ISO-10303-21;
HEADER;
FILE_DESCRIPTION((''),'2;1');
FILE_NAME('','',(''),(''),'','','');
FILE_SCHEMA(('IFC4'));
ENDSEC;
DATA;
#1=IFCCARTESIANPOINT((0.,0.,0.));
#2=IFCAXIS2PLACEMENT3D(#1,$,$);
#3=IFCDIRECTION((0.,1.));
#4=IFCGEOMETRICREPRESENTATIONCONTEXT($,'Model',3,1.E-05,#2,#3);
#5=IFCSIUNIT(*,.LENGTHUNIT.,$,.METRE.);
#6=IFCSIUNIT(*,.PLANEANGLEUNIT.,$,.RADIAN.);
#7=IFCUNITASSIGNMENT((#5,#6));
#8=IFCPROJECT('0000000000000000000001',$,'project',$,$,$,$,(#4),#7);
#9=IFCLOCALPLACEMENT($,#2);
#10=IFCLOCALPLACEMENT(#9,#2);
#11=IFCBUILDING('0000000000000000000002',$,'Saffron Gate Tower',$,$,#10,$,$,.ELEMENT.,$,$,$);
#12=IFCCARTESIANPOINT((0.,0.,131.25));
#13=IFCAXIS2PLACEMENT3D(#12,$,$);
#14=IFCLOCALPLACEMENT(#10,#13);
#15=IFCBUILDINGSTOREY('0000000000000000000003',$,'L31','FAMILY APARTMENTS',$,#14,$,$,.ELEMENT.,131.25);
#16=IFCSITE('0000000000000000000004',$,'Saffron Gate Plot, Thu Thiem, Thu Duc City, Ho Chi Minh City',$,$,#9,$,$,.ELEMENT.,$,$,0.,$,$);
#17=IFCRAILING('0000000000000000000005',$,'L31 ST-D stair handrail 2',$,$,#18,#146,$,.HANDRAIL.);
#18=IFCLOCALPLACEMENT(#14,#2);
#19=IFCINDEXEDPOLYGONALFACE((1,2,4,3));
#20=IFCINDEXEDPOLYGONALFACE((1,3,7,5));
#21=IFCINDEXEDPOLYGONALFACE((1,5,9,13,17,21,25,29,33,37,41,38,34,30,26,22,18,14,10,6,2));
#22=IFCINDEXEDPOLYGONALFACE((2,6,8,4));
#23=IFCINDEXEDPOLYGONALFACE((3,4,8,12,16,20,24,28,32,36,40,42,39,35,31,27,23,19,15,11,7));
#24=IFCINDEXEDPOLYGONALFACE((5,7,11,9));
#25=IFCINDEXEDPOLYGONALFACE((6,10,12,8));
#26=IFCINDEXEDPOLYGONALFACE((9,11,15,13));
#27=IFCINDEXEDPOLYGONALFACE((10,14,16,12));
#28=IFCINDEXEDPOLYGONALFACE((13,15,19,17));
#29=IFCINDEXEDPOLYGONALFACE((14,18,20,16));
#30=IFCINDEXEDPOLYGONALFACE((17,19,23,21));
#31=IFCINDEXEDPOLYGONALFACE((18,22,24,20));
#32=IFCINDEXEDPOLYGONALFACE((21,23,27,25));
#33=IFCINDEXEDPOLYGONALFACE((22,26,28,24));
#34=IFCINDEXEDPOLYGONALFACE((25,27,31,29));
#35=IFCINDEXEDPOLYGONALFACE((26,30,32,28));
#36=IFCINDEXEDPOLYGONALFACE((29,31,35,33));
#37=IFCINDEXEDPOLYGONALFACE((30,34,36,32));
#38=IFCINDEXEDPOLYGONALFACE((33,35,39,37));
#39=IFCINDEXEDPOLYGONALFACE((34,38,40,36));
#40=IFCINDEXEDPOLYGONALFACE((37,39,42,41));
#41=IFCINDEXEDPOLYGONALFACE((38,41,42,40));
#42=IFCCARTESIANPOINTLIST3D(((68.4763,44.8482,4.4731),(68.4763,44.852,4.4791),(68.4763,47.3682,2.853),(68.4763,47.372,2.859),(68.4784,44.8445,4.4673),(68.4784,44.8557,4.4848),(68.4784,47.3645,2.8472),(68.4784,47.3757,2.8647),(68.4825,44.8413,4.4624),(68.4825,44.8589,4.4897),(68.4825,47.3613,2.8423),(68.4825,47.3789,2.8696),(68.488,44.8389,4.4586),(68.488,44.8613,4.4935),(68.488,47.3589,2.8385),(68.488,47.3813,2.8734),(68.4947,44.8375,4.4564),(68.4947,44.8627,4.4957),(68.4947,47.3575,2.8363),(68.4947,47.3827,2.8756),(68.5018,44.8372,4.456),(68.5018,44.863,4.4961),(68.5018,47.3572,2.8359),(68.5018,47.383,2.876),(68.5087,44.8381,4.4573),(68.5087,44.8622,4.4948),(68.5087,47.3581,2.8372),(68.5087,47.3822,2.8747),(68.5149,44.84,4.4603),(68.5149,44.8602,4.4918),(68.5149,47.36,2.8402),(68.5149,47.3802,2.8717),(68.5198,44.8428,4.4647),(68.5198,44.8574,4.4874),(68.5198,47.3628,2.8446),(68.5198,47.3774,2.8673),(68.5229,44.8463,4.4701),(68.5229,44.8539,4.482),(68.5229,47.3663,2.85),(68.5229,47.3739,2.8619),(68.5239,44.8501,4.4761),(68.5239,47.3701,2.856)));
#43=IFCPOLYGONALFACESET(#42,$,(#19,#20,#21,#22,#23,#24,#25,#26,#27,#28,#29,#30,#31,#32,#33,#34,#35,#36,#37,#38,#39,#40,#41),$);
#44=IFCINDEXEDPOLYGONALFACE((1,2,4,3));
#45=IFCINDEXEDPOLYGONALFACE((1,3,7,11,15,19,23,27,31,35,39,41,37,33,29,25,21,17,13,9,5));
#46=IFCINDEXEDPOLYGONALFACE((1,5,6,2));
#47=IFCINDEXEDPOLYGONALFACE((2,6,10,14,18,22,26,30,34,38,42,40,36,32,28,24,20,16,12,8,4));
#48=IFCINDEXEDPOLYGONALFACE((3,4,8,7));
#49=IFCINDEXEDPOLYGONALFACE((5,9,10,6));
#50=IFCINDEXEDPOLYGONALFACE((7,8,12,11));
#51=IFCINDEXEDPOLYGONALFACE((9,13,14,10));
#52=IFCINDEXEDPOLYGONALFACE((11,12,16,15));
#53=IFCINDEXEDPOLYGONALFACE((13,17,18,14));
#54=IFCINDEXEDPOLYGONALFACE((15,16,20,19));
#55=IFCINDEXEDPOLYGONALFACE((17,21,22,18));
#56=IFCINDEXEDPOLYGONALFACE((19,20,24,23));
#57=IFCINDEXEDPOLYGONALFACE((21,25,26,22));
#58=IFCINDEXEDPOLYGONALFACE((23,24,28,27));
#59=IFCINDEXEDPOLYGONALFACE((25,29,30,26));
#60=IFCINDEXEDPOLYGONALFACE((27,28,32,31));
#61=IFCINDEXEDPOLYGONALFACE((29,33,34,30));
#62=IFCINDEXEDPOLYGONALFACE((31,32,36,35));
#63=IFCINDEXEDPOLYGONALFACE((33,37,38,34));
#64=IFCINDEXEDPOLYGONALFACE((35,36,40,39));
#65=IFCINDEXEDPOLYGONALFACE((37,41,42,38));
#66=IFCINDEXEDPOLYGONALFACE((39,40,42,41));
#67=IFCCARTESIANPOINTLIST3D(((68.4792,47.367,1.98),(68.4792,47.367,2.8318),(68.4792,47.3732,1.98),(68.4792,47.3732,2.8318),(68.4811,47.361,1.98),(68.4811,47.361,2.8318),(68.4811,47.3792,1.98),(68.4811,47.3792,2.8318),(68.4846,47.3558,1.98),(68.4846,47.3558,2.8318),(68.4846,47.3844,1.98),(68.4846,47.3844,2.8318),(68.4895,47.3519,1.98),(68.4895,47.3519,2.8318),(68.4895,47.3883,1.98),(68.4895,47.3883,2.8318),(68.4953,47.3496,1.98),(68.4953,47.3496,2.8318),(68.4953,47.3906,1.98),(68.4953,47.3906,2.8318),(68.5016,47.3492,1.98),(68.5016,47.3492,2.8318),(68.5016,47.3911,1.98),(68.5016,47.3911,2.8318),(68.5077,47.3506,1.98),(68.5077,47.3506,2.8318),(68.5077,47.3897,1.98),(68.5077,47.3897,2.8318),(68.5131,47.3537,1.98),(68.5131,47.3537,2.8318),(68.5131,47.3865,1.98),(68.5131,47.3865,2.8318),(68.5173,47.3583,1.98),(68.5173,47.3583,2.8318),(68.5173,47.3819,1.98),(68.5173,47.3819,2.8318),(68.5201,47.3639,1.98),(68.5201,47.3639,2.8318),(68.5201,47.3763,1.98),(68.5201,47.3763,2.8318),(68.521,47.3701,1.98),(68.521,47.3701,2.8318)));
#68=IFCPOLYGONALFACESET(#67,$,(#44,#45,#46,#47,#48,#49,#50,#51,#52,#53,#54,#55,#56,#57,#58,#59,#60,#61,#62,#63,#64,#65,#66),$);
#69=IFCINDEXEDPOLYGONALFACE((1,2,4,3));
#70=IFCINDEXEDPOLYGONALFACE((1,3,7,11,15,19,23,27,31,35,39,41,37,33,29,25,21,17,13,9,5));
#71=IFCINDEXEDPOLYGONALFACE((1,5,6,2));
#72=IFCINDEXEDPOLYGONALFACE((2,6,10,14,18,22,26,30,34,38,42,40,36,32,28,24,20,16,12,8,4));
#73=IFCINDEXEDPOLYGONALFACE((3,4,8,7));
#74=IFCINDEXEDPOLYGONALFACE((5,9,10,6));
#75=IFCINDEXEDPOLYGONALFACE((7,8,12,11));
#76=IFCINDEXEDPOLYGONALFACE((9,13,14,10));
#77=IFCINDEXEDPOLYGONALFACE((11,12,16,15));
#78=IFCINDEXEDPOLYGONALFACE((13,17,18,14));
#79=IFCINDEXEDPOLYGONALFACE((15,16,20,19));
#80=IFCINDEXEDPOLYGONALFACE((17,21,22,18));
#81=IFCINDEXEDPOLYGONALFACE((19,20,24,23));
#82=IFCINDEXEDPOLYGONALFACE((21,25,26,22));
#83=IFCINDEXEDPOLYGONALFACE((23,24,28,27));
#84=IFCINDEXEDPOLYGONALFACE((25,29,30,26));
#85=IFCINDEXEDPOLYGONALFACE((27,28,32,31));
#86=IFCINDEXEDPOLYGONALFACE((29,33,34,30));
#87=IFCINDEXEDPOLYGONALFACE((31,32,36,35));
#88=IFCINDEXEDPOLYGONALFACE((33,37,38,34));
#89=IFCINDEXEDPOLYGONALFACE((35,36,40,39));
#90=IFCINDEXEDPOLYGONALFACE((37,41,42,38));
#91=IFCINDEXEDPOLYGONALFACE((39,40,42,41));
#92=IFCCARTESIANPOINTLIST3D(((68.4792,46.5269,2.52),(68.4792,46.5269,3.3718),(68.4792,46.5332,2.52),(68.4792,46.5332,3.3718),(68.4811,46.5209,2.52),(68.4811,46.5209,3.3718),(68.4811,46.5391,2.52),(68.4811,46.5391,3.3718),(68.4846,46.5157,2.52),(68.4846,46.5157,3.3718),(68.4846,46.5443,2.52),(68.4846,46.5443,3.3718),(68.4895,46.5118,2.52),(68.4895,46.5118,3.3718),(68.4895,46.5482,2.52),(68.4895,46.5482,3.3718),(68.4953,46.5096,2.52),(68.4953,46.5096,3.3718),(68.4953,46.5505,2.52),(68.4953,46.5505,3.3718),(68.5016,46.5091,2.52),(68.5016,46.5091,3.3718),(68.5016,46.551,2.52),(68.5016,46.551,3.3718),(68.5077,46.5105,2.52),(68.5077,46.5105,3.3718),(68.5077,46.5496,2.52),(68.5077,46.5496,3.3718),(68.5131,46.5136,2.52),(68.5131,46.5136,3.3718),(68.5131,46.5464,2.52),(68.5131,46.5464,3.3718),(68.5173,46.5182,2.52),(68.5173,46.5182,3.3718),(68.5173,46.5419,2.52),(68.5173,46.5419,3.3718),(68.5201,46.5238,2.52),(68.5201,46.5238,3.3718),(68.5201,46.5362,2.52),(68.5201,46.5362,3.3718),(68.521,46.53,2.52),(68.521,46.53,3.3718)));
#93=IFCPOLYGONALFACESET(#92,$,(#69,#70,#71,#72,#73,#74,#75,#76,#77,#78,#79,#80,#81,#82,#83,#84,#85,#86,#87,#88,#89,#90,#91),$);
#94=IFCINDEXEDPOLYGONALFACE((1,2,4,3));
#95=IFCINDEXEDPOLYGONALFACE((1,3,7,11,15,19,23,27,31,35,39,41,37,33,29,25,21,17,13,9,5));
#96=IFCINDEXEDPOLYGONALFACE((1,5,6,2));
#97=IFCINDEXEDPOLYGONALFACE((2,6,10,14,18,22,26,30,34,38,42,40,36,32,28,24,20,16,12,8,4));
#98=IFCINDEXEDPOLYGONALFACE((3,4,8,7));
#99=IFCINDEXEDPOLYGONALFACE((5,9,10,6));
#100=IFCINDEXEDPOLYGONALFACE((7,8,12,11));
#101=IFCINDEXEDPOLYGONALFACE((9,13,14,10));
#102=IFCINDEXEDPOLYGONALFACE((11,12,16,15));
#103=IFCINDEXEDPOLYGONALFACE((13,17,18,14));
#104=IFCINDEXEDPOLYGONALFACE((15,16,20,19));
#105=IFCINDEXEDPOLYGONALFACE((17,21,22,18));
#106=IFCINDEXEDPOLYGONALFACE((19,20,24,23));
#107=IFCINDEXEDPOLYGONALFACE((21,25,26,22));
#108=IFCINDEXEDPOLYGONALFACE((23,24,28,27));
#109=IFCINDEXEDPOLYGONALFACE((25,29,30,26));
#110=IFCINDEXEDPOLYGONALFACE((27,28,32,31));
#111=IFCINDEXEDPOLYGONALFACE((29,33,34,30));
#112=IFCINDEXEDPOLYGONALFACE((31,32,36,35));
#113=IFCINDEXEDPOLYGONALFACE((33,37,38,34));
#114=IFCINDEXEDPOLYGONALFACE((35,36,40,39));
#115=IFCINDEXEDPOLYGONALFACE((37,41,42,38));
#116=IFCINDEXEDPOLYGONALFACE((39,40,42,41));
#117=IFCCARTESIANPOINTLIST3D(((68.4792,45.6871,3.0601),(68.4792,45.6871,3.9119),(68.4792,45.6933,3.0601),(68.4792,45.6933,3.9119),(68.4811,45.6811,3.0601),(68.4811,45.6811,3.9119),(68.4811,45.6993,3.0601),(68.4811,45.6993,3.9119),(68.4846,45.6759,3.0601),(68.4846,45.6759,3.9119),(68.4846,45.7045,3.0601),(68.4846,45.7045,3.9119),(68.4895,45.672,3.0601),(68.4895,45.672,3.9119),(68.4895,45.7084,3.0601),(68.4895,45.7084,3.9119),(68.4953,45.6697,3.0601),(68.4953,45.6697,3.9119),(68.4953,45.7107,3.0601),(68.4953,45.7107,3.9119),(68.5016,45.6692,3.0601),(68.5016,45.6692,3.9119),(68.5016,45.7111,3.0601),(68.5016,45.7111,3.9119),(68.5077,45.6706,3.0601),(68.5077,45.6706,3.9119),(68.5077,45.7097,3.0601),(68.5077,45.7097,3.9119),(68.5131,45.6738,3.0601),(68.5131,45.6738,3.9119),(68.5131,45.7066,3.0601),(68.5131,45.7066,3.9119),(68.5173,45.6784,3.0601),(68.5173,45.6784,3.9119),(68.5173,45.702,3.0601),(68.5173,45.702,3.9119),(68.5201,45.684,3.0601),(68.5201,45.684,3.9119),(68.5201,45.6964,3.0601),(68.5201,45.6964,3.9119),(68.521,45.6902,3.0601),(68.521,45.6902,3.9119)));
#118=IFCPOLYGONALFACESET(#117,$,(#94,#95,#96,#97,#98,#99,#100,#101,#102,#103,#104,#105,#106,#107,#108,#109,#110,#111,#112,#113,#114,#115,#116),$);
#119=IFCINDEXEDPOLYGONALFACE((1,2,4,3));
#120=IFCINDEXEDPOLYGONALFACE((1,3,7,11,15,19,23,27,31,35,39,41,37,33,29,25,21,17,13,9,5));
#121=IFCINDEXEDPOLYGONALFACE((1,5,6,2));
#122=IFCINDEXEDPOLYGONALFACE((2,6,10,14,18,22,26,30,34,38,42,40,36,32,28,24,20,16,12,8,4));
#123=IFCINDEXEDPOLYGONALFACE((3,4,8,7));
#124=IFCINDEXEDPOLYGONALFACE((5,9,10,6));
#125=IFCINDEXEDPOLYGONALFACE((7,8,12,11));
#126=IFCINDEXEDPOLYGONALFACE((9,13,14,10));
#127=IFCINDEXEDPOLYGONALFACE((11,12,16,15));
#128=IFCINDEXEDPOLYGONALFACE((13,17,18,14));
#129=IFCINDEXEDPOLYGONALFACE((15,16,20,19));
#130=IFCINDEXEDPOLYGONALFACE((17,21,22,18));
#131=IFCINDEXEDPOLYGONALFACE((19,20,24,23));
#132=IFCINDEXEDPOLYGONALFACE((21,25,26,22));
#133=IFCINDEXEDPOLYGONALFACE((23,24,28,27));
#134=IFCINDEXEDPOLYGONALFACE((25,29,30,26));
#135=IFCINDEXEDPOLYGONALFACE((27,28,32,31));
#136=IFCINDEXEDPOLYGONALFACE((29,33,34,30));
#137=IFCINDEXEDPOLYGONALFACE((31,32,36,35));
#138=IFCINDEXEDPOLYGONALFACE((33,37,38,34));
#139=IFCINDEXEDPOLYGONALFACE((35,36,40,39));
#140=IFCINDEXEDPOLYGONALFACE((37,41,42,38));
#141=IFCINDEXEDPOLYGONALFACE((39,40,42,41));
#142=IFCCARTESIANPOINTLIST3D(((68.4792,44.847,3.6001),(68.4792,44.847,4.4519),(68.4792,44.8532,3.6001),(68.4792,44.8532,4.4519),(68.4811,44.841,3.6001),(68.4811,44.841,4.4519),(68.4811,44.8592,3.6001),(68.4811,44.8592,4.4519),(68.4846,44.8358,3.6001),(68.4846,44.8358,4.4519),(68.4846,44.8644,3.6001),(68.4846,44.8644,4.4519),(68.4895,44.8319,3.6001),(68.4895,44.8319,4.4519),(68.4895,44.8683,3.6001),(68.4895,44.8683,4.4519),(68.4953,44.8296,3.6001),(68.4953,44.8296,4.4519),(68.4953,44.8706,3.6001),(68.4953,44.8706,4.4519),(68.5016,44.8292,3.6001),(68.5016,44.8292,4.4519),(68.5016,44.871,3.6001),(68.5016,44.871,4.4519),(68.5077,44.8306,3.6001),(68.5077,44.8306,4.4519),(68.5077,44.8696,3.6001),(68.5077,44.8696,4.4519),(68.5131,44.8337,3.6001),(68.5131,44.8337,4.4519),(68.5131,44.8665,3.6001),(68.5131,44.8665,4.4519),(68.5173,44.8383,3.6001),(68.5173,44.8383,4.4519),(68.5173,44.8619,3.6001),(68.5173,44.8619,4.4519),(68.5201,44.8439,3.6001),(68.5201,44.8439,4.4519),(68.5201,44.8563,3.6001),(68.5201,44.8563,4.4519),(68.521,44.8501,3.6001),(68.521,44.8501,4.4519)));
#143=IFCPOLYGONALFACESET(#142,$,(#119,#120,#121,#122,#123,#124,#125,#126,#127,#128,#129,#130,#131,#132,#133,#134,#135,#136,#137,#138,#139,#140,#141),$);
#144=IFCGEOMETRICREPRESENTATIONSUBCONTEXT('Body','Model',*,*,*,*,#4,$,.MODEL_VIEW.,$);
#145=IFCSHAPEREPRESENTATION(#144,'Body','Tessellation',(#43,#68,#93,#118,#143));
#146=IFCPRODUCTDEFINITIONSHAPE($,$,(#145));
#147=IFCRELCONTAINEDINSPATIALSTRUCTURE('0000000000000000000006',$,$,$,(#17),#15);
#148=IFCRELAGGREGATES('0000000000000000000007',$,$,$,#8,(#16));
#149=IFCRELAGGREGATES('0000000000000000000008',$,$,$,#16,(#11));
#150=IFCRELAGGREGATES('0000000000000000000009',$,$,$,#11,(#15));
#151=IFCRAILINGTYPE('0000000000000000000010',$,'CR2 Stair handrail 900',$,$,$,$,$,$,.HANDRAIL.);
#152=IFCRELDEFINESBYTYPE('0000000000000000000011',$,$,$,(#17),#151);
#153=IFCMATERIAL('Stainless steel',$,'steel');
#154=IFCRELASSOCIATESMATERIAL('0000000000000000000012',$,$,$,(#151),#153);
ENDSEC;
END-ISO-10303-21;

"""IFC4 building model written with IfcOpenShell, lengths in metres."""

from ifc_helpers import new_model, si_unit, direction, frame, origin, origin_2d, place, context, subcontext, project, spatial, circle, extrude, material, type_object, element, save


model = new_model("IFC4")

# Units and contexts
model_context = context("Model", 3, precision=1e-05, world=origin(), true_north=direction((0.0, 1.0)))
body_context = subcontext(model_context, "Body", "Model", "MODEL_VIEW")
ifc_project = project(units=[si_unit("LENGTHUNIT", "METRE"), si_unit("PLANEANGLEUNIT", "RADIAN")], contexts=[model_context])

# Site, building, storey
site_placement = place(None, origin())
site = spatial("IfcSite", under=ifc_project, at=site_placement, Name="Saffron Gate Plot, Thu Thiem, Thu Duc City, Ho Chi Minh City", CompositionType="ELEMENT", RefElevation=0.0)
building_placement = place(site_placement, origin())
building = spatial("IfcBuilding", under=site, at=building_placement, Name="Saffron Gate Tower", CompositionType="ELEMENT")
storey_placement = place(building_placement, frame((0.0, 0.0, 131.25)))
storey = spatial("IfcBuildingStorey", under=building, at=storey_placement, Name="L31", Description="FAMILY APARTMENTS", CompositionType="ELEMENT", Elevation=131.25)

# Railing
ifc_material_1 = material(Name="Stainless steel", Category="steel")
railing_type_1 = type_object("IfcRailingType", Name="CR2 Stair handrail 900", PredefinedType="HANDRAIL", material=ifc_material_1)
railing_1_placement = place(storey_placement, frame((68.5, 47.3701, 1.98)))
element("IfcRailing", 1, at=railing_1_placement, inside=storey, type_object=railing_type_1, Name="L31 ST-D stair handrail 2", PredefinedType="HANDRAIL", context=body_context, shape_type="SweptSolid", body=[
    extrude(circle(Radius=0.0239, at=origin_2d()), frame((0.0, 0.0, 0.876), z_axis=(0.0, -0.841163, 0.540782), x_axis=(1.0, 0.0, 0.0)), (0.0, 0.0, 1.0), 2.9958),
    extrude(circle(Radius=0.021, at=origin_2d()), origin(), (0.0, 0.0, 1.0), 0.8518),
    extrude(circle(Radius=0.021, at=origin_2d()), frame((0.0, -0.8401, 0.54)), (0.0, 0.0, 1.0), 0.8518),
    extrude(circle(Radius=0.021, at=origin_2d()), frame((0.0, -1.6799, 1.0801)), (0.0, 0.0, 1.0), 0.8518),
    extrude(circle(Radius=0.021, at=origin_2d()), frame((0.0, -2.52, 1.6201)), (0.0, 0.0, 1.0), 0.8518),
])

save(model, "model.ifc")
